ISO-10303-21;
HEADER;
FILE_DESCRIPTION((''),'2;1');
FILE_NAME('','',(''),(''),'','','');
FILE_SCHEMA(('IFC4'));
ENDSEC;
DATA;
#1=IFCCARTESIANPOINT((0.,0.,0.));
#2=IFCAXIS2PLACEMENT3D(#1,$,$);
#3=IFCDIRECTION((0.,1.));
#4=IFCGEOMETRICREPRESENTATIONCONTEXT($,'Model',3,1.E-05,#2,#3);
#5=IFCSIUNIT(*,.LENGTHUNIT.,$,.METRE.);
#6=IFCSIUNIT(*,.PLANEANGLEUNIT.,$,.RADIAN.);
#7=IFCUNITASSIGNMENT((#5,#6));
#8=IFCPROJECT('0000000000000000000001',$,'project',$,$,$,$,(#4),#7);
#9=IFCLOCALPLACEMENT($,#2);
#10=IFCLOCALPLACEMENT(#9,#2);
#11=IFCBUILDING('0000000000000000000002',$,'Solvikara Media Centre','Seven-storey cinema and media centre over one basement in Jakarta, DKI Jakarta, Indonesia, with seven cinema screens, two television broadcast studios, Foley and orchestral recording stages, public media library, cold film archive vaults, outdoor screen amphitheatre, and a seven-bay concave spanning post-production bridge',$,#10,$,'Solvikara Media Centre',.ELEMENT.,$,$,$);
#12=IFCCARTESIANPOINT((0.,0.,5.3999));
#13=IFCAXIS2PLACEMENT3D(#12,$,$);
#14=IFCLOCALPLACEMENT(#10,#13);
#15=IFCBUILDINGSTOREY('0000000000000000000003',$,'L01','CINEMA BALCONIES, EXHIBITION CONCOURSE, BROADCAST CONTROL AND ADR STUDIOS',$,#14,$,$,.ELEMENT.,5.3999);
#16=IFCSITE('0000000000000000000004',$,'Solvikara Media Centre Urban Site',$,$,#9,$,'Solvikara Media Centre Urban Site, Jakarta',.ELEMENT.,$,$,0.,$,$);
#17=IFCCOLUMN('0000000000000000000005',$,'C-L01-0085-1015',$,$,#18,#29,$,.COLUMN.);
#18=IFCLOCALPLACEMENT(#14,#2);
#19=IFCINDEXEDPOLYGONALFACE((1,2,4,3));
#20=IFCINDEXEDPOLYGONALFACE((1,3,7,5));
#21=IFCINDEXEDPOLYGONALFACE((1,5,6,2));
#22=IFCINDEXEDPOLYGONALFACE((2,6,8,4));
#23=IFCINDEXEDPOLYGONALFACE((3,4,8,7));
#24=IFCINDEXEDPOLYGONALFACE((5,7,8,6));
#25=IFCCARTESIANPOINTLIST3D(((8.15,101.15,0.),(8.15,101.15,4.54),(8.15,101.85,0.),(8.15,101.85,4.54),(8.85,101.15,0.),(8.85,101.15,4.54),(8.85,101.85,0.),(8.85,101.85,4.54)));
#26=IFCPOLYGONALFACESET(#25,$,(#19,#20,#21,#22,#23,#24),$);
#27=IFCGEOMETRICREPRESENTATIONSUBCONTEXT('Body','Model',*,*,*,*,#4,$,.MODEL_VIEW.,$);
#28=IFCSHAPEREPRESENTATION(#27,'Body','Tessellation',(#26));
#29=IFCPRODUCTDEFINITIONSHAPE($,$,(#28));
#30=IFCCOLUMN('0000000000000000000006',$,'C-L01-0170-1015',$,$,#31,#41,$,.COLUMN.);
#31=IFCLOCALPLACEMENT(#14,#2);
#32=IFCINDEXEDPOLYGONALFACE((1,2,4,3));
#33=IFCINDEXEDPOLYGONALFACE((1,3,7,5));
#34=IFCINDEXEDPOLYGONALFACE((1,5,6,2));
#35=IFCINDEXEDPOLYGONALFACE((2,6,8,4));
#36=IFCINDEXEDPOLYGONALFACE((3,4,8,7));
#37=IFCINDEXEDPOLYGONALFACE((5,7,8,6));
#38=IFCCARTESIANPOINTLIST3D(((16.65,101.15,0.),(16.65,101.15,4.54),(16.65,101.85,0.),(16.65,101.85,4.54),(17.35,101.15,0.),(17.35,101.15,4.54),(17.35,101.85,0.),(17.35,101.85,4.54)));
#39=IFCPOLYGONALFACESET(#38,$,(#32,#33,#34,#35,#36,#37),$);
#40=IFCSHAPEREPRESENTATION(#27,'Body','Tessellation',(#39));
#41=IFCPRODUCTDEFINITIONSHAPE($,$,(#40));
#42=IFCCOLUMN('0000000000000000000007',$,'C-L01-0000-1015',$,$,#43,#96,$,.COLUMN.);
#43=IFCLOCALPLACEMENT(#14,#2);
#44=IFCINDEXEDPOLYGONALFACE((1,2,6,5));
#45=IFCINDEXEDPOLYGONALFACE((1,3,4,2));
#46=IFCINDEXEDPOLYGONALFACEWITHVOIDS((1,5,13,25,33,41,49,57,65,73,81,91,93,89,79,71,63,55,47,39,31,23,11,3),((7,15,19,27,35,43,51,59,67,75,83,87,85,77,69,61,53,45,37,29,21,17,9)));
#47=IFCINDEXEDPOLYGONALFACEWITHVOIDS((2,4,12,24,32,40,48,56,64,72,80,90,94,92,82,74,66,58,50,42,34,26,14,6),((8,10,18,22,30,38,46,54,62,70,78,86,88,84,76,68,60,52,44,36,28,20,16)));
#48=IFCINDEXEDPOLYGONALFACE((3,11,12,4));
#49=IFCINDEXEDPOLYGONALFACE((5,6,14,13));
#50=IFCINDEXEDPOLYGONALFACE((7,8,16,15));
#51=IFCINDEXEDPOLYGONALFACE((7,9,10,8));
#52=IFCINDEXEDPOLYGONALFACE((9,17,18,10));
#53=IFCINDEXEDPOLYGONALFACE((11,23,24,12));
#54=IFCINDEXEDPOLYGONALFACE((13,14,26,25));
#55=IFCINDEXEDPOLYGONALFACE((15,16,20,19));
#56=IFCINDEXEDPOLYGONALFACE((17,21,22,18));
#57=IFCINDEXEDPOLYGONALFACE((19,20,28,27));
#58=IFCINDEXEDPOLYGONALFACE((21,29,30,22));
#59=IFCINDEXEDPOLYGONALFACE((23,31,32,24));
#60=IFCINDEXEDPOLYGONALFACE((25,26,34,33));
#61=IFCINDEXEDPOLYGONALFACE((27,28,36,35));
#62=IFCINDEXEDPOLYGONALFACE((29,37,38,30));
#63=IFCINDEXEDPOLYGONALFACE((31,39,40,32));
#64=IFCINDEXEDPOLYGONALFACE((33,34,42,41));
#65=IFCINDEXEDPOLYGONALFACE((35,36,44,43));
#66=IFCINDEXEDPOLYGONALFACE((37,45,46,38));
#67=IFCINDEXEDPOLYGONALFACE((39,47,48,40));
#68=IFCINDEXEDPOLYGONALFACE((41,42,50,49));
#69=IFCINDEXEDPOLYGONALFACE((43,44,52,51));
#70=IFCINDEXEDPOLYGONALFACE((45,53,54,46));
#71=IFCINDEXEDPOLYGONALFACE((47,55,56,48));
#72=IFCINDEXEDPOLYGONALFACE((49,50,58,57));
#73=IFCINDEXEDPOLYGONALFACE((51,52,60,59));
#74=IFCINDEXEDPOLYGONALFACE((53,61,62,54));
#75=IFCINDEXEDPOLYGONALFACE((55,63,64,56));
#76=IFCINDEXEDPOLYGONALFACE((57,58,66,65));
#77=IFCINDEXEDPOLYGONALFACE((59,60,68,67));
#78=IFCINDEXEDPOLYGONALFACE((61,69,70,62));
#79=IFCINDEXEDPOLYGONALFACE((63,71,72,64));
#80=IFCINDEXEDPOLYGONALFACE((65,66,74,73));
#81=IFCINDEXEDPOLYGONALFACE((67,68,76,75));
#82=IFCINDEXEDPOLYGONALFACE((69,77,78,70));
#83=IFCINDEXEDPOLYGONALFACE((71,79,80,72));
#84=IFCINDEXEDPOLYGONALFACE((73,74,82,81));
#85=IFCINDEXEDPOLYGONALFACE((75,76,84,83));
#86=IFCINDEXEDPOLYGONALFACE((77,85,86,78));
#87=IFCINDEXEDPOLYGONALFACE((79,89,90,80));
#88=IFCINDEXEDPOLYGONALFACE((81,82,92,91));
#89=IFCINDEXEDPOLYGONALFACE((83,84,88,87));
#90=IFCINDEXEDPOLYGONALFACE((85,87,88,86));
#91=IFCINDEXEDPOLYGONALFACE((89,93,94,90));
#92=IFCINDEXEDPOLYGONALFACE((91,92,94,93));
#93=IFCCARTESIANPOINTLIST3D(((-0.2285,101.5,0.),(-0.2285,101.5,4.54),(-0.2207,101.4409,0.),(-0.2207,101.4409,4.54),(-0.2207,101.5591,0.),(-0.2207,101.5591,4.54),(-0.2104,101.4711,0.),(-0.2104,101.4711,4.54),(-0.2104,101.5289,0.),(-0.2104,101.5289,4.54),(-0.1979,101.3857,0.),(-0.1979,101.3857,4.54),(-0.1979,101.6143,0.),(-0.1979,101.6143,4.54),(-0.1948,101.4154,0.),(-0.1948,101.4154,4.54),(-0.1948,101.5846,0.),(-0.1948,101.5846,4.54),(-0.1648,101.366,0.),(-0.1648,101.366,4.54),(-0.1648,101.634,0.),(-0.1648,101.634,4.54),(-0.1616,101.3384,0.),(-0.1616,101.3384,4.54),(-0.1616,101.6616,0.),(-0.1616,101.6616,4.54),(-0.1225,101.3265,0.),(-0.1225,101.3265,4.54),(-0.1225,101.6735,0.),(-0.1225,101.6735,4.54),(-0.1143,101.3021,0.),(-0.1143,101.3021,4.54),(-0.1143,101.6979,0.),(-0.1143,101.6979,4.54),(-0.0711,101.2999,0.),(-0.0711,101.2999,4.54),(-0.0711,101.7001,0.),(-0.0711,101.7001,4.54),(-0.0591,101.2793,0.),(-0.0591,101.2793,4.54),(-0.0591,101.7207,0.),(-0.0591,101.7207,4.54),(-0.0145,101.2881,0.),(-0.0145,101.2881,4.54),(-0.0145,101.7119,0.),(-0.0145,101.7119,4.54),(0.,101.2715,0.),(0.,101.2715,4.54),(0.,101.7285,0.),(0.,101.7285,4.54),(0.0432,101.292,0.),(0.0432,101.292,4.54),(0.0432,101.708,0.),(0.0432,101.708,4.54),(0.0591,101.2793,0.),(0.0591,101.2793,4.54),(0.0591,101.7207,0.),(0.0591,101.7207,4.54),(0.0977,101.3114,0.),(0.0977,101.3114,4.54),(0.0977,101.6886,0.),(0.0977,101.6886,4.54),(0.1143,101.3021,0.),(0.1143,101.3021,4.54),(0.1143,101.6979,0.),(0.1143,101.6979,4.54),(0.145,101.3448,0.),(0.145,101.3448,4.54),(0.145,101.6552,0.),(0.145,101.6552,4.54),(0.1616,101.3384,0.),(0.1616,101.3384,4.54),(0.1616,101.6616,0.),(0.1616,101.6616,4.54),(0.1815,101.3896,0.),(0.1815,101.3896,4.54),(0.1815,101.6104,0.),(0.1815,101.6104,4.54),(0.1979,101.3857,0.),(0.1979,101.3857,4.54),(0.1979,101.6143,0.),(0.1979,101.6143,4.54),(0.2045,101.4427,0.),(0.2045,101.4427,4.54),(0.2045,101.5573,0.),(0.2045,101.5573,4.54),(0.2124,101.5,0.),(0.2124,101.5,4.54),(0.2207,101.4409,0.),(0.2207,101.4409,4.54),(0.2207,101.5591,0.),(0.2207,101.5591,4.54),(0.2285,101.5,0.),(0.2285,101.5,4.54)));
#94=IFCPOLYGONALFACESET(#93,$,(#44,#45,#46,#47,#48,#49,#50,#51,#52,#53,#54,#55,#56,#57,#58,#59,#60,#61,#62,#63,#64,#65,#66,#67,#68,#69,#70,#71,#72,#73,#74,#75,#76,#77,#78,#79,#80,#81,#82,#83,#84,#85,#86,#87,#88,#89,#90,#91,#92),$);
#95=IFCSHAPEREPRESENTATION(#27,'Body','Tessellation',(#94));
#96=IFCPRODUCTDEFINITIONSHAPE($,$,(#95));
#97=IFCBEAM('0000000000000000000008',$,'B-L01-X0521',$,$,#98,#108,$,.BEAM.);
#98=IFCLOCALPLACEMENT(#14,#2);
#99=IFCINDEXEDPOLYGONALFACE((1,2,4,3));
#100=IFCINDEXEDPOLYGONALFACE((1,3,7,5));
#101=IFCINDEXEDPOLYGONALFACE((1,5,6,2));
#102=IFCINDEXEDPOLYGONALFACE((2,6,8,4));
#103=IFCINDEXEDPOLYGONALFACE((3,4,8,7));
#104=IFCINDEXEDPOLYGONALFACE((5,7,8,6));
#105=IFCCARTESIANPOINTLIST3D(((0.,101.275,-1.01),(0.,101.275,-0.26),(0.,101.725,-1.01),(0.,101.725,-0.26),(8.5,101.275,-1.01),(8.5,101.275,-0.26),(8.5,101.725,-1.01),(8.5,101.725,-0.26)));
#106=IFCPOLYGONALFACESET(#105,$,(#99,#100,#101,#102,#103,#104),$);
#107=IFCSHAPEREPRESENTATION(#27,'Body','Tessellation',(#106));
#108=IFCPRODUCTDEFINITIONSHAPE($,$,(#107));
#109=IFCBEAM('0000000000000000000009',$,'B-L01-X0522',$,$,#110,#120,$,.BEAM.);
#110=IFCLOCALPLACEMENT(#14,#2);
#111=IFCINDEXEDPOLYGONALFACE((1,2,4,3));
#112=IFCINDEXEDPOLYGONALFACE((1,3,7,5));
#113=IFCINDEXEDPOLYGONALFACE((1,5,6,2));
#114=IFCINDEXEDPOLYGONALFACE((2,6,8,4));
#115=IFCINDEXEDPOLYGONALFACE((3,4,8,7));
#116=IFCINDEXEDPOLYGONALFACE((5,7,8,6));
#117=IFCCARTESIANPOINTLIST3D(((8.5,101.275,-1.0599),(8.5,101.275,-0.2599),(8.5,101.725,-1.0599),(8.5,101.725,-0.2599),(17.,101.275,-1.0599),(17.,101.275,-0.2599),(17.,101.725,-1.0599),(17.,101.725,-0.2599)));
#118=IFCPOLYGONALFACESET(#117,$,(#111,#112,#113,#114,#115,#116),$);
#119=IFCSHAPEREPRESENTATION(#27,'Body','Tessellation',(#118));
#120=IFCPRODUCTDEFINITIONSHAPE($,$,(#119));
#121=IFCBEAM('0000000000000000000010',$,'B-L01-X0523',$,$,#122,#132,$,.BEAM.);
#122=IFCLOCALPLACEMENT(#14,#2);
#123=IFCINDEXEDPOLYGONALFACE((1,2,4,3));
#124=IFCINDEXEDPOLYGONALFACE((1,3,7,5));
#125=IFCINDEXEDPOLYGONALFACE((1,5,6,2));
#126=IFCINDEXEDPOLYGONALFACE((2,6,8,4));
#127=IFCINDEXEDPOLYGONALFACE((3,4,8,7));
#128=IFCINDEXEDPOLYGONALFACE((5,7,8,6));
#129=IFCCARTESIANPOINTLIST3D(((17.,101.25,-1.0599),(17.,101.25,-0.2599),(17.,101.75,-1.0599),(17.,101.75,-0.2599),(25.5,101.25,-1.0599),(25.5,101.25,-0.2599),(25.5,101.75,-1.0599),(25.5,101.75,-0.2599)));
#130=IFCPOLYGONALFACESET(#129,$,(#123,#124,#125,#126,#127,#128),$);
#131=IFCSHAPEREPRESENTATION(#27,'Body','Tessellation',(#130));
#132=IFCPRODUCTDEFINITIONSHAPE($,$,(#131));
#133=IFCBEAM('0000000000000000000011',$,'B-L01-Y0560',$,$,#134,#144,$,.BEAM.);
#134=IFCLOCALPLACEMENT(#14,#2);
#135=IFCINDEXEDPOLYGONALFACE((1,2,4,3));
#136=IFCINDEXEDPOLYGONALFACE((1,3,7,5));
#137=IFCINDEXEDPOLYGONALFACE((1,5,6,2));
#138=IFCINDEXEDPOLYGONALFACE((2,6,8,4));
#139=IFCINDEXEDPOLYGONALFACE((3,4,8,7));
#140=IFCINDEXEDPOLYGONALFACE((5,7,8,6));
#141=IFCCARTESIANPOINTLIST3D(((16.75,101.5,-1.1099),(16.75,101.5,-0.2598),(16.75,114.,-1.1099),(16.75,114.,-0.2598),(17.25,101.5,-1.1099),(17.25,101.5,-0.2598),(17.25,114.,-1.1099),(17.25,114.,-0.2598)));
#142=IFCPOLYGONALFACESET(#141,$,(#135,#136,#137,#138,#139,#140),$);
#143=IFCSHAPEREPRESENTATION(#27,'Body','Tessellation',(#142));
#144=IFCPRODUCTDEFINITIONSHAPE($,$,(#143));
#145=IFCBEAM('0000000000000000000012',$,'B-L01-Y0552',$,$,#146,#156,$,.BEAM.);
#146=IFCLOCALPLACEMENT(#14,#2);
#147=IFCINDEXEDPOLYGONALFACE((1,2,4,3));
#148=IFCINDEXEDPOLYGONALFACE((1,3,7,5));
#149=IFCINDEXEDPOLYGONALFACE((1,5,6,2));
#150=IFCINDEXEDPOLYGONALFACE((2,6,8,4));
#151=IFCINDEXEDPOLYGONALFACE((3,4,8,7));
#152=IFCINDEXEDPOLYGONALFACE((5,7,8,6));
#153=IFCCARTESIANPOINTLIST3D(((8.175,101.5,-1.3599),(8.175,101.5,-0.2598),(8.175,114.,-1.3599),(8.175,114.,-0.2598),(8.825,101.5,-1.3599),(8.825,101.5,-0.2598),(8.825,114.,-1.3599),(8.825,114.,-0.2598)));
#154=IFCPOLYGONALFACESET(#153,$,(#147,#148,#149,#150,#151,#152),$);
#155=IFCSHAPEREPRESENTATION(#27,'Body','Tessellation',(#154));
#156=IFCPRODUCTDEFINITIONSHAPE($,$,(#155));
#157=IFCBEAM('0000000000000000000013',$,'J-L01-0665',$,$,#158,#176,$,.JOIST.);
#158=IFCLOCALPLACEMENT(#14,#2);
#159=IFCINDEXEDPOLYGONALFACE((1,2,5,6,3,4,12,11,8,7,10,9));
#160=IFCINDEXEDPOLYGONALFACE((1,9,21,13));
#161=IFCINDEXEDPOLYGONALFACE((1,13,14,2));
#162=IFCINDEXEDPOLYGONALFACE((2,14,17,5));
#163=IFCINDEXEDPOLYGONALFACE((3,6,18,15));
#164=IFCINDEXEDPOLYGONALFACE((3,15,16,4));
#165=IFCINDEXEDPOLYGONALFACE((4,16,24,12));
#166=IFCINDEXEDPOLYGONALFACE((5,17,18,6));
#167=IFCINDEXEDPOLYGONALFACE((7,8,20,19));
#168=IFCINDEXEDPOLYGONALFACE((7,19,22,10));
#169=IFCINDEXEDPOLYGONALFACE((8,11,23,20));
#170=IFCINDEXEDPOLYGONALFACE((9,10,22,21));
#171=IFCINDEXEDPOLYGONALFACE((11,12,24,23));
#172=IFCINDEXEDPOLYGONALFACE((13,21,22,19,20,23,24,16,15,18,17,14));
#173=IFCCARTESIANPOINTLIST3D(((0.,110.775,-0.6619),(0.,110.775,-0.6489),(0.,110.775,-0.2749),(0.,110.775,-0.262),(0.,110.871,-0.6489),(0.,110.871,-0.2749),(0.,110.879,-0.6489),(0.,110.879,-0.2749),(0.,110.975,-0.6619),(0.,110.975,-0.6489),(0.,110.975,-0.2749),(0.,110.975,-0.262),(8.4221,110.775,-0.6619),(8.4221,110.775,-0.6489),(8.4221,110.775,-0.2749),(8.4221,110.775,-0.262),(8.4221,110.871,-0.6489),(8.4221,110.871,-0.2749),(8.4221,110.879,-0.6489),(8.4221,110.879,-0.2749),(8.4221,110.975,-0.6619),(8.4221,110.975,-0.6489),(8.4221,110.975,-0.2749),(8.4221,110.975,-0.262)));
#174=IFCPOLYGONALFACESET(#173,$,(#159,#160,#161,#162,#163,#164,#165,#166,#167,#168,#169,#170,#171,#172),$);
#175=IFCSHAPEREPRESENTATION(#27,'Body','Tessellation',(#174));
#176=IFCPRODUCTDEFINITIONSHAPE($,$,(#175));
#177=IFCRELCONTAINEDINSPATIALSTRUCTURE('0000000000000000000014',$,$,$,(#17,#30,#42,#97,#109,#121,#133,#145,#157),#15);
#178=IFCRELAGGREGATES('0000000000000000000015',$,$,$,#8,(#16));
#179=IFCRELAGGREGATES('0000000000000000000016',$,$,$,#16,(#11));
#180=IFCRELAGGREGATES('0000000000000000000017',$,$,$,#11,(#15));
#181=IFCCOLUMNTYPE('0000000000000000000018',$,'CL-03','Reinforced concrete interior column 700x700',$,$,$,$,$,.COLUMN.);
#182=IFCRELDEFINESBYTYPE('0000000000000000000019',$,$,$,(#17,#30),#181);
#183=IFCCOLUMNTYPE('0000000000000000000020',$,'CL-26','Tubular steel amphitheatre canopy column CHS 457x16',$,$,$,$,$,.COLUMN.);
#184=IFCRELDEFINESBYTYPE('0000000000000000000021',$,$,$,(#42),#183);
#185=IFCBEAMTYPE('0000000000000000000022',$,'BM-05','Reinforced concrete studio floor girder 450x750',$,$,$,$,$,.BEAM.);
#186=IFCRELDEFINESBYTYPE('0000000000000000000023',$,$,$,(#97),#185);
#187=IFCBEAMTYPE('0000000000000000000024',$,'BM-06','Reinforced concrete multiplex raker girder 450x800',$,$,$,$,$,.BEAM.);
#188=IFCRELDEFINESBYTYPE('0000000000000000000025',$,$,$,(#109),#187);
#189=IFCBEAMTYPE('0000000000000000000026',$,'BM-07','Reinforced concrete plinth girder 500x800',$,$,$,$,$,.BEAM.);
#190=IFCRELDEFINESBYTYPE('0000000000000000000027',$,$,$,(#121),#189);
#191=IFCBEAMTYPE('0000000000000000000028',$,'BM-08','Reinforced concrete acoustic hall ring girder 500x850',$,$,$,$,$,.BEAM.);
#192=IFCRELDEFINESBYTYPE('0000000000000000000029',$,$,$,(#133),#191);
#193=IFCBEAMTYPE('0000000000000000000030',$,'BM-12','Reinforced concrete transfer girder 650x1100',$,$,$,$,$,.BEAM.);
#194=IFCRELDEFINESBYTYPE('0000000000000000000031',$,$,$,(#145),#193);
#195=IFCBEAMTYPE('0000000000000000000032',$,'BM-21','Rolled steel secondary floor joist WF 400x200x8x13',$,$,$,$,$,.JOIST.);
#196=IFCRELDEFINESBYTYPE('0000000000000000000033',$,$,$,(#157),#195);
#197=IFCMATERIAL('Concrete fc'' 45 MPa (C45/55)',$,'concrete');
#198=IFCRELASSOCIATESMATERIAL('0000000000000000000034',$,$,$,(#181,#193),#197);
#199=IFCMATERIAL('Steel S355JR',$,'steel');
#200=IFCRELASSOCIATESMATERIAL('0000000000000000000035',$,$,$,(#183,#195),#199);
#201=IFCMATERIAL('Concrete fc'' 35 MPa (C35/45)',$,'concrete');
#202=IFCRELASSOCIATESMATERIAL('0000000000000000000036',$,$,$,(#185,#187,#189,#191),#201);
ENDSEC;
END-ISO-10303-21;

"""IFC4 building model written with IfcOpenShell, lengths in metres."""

from ifc_helpers import new_model, si_unit, direction, frame, origin, origin_2d, place, context, subcontext, project, spatial, rectangle, hollow_circle, i_section, extrude, material, material_profile, profile_set, type_object, element, save


model = new_model("IFC4")

# Units and contexts
model_context = context("Model", 3, precision=1e-05, world=origin(), true_north=direction((0.0, 1.0)))
body_context = subcontext(model_context, "Body", "Model", "MODEL_VIEW")
ifc_project = project(units=[si_unit("LENGTHUNIT", "METRE"), si_unit("PLANEANGLEUNIT", "RADIAN")], contexts=[model_context])

# Site, building, storey
site_placement = place(None, origin())
site = spatial("IfcSite", under=ifc_project, at=site_placement, Name="Solvikara Media Centre Urban Site", LongName="Solvikara Media Centre Urban Site, Jakarta", CompositionType="ELEMENT", RefElevation=0.0)
building_placement = place(site_placement, origin())
building = spatial("IfcBuilding", under=site, at=building_placement, Name="Solvikara Media Centre", Description="Seven-storey cinema and media centre over one basement in Jakarta, DKI Jakarta, Indonesia, with seven cinema screens, two television broadcast studios, Foley and orchestral recording stages, public media library, cold film archive vaults, outdoor screen amphitheatre, and a seven-bay concave spanning post-production bridge", LongName="Solvikara Media Centre", CompositionType="ELEMENT")
storey_placement = place(building_placement, frame((0.0, 0.0, 5.3999)))
storey = spatial("IfcBuildingStorey", under=building, at=storey_placement, Name="L01", Description="CINEMA BALCONIES, EXHIBITION CONCOURSE, BROADCAST CONTROL AND ADR STUDIOS", CompositionType="ELEMENT", Elevation=5.3999)

# Columns
ifc_material_1 = material(Name="Concrete fc' 45 MPa (C45/55)", Category="concrete")
ifc_material_profile_1 = material_profile(ifc_material_1, rectangle(XDim=0.7, YDim=0.7, at=origin_2d()), Name="RC 700x700")
ifc_profile_set_1 = profile_set([ifc_material_profile_1], Name="Concrete fc' 45 MPa (C45/55)")
column_type_1 = type_object("IfcColumnType", Name="CL-03", Description="Reinforced concrete interior column 700x700", PredefinedType="COLUMN", material=ifc_profile_set_1)
for number, where, z_axis, x_axis, name in (
    (1, (8.5, 101.5, 0.0), (0.0, 0.0, 1.0), (1.0, 0.0, 0.0), "C-L01-0085-1015"),
    (2, (17.0, 101.5, 0.0), (0.0, 0.0, 1.0), (1.0, 0.0, 0.0), "C-L01-0170-1015"),
):
    element("IfcColumn", number, at=place(storey_placement, frame(where, z_axis=z_axis, x_axis=x_axis)), inside=storey, type_object=column_type_1, Name=name, PredefinedType="COLUMN", context=body_context, shape_type="SweptSolid", body=[
        extrude(rectangle(XDim=0.7, YDim=0.7, at=origin_2d()), origin(), (0.0, 0.0, 1.0), 4.54),
    ])
ifc_material_2 = material(Name="Steel S355JR", Category="steel")
ifc_material_profile_2 = material_profile(ifc_material_2, hollow_circle(Radius=0.2285, WallThickness=0.0161, at=origin_2d()), Name="CHS 457x16")
ifc_profile_set_2 = profile_set([ifc_material_profile_2], Name="Steel S355JR")
column_type_2 = type_object("IfcColumnType", Name="CL-26", Description="Tubular steel amphitheatre canopy column CHS 457x16", PredefinedType="COLUMN", material=ifc_profile_set_2)
column_placement = place(storey_placement, frame((0.0, 101.5, 0.0), z_axis=(0.0, 0.0, 1.0), x_axis=(1.0, 0.0, 0.0)))
element("IfcColumn", 3, at=column_placement, inside=storey, type_object=column_type_2, Name="C-L01-0000-1015", PredefinedType="COLUMN", context=body_context, shape_type="SweptSolid", body=[
    extrude(hollow_circle(Radius=0.2285, WallThickness=0.0161, at=origin_2d()), origin(), (0.0, 0.0, 1.0), 4.54),
])

# Beams
ifc_material_3 = material(Name="Concrete fc' 35 MPa (C35/45)", Category="concrete")
ifc_material_profile_3 = material_profile(ifc_material_3, rectangle(XDim=0.45, YDim=0.75, at=origin_2d()), Name="RC 450x750")
ifc_profile_set_3 = profile_set([ifc_material_profile_3], Name="Concrete fc' 35 MPa (C35/45)")
beam_type_1 = type_object("IfcBeamType", Name="BM-05", Description="Reinforced concrete studio floor girder 450x750", PredefinedType="BEAM", material=ifc_profile_set_3)
beam_1_placement = place(storey_placement, frame((0.0, 101.5, -0.635), z_axis=(1.0, 0.0, 0.0), x_axis=(0.0, 1.0, 0.0)))
element("IfcBeam", 4, at=beam_1_placement, inside=storey, type_object=beam_type_1, Name="B-L01-X0521", PredefinedType="BEAM", context=body_context, shape_type="SweptSolid", body=[
    extrude(rectangle(XDim=0.45, YDim=0.75, at=origin_2d()), origin(), (0.0, 0.0, 1.0), 8.5),
])
ifc_material_profile_4 = material_profile(ifc_material_3, rectangle(XDim=0.45, YDim=0.8, at=origin_2d()), Name="RC 450x800")
ifc_profile_set_4 = profile_set([ifc_material_profile_4], Name="Concrete fc' 35 MPa (C35/45)")
beam_type_2 = type_object("IfcBeamType", Name="BM-06", Description="Reinforced concrete multiplex raker girder 450x800", PredefinedType="BEAM", material=ifc_profile_set_4)
beam_2_placement = place(storey_placement, frame((8.5, 101.5, -0.6599), z_axis=(1.0, 0.0, 0.0), x_axis=(0.0, 1.0, 0.0)))
element("IfcBeam", 5, at=beam_2_placement, inside=storey, type_object=beam_type_2, Name="B-L01-X0522", PredefinedType="BEAM", context=body_context, shape_type="SweptSolid", body=[
    extrude(rectangle(XDim=0.45, YDim=0.8, at=origin_2d()), origin(), (0.0, 0.0, 1.0), 8.5),
])
ifc_material_profile_5 = material_profile(ifc_material_3, rectangle(XDim=0.5, YDim=0.8, at=origin_2d()), Name="RC 500x800")
ifc_profile_set_5 = profile_set([ifc_material_profile_5], Name="Concrete fc' 35 MPa (C35/45)")
beam_type_3 = type_object("IfcBeamType", Name="BM-07", Description="Reinforced concrete plinth girder 500x800", PredefinedType="BEAM", material=ifc_profile_set_5)
beam_3_placement = place(storey_placement, frame((17.0, 101.5, -0.6599), z_axis=(1.0, 0.0, 0.0), x_axis=(0.0, 1.0, 0.0)))
element("IfcBeam", 6, at=beam_3_placement, inside=storey, type_object=beam_type_3, Name="B-L01-X0523", PredefinedType="BEAM", context=body_context, shape_type="SweptSolid", body=[
    extrude(rectangle(XDim=0.5, YDim=0.8, at=origin_2d()), origin(), (0.0, 0.0, 1.0), 8.5),
])
ifc_material_profile_6 = material_profile(ifc_material_3, rectangle(XDim=0.5, YDim=0.8501, at=origin_2d()), Name="RC 500x850")
ifc_profile_set_6 = profile_set([ifc_material_profile_6], Name="Concrete fc' 35 MPa (C35/45)")
beam_type_4 = type_object("IfcBeamType", Name="BM-08", Description="Reinforced concrete acoustic hall ring girder 500x850", PredefinedType="BEAM", material=ifc_profile_set_6)
beam_4_placement = place(storey_placement, frame((17.0, 101.5, -0.6848), z_axis=(0.0, 1.0, 0.0), x_axis=(-1.0, 0.0, 0.0)))
element("IfcBeam", 7, at=beam_4_placement, inside=storey, type_object=beam_type_4, Name="B-L01-Y0560", PredefinedType="BEAM", context=body_context, shape_type="SweptSolid", body=[
    extrude(rectangle(XDim=0.5, YDim=0.8501, at=origin_2d()), origin(), (0.0, 0.0, 1.0), 12.5),
])
ifc_material_profile_7 = material_profile(ifc_material_1, rectangle(XDim=0.6499, YDim=1.1001, at=origin_2d()), Name="RC 650x1100")
ifc_profile_set_7 = profile_set([ifc_material_profile_7], Name="Concrete fc' 45 MPa (C45/55)")
beam_type_5 = type_object("IfcBeamType", Name="BM-12", Description="Reinforced concrete transfer girder 650x1100", PredefinedType="BEAM", material=ifc_profile_set_7)
beam_5_placement = place(storey_placement, frame((8.5, 101.5, -0.8098), z_axis=(0.0, 1.0, 0.0), x_axis=(-1.0, 0.0, 0.0)))
element("IfcBeam", 8, at=beam_5_placement, inside=storey, type_object=beam_type_5, Name="B-L01-Y0552", PredefinedType="BEAM", context=body_context, shape_type="SweptSolid", body=[
    extrude(rectangle(XDim=0.6499, YDim=1.1001, at=origin_2d()), origin(), (0.0, 0.0, 1.0), 12.5),
])
ifc_material_profile_8 = material_profile(ifc_material_2, i_section(OverallWidth=0.2, OverallDepth=0.3999, WebThickness=0.0081, FlangeThickness=0.0129, at=origin_2d()), Name="WF 400x200x8x13")
ifc_profile_set_8 = profile_set([ifc_material_profile_8], Name="Steel S355JR")
beam_type_6 = type_object("IfcBeamType", Name="BM-21", Description="Rolled steel secondary floor joist WF 400x200x8x13", PredefinedType="JOIST", material=ifc_profile_set_8)
beam_6_placement = place(storey_placement, frame((0.0, 110.875, -0.4619), z_axis=(1.0, 0.0, 0.0), x_axis=(0.0, 1.0, 0.0)))
element("IfcBeam", 9, at=beam_6_placement, inside=storey, type_object=beam_type_6, Name="J-L01-0665", PredefinedType="JOIST", context=body_context, shape_type="SweptSolid", body=[
    extrude(i_section(OverallWidth=0.2, OverallDepth=0.3999, WebThickness=0.0081, FlangeThickness=0.0129, at=origin_2d()), origin(), (0.0, 0.0, 1.0), 8.4221),
])

save(model, "model.ifc")
